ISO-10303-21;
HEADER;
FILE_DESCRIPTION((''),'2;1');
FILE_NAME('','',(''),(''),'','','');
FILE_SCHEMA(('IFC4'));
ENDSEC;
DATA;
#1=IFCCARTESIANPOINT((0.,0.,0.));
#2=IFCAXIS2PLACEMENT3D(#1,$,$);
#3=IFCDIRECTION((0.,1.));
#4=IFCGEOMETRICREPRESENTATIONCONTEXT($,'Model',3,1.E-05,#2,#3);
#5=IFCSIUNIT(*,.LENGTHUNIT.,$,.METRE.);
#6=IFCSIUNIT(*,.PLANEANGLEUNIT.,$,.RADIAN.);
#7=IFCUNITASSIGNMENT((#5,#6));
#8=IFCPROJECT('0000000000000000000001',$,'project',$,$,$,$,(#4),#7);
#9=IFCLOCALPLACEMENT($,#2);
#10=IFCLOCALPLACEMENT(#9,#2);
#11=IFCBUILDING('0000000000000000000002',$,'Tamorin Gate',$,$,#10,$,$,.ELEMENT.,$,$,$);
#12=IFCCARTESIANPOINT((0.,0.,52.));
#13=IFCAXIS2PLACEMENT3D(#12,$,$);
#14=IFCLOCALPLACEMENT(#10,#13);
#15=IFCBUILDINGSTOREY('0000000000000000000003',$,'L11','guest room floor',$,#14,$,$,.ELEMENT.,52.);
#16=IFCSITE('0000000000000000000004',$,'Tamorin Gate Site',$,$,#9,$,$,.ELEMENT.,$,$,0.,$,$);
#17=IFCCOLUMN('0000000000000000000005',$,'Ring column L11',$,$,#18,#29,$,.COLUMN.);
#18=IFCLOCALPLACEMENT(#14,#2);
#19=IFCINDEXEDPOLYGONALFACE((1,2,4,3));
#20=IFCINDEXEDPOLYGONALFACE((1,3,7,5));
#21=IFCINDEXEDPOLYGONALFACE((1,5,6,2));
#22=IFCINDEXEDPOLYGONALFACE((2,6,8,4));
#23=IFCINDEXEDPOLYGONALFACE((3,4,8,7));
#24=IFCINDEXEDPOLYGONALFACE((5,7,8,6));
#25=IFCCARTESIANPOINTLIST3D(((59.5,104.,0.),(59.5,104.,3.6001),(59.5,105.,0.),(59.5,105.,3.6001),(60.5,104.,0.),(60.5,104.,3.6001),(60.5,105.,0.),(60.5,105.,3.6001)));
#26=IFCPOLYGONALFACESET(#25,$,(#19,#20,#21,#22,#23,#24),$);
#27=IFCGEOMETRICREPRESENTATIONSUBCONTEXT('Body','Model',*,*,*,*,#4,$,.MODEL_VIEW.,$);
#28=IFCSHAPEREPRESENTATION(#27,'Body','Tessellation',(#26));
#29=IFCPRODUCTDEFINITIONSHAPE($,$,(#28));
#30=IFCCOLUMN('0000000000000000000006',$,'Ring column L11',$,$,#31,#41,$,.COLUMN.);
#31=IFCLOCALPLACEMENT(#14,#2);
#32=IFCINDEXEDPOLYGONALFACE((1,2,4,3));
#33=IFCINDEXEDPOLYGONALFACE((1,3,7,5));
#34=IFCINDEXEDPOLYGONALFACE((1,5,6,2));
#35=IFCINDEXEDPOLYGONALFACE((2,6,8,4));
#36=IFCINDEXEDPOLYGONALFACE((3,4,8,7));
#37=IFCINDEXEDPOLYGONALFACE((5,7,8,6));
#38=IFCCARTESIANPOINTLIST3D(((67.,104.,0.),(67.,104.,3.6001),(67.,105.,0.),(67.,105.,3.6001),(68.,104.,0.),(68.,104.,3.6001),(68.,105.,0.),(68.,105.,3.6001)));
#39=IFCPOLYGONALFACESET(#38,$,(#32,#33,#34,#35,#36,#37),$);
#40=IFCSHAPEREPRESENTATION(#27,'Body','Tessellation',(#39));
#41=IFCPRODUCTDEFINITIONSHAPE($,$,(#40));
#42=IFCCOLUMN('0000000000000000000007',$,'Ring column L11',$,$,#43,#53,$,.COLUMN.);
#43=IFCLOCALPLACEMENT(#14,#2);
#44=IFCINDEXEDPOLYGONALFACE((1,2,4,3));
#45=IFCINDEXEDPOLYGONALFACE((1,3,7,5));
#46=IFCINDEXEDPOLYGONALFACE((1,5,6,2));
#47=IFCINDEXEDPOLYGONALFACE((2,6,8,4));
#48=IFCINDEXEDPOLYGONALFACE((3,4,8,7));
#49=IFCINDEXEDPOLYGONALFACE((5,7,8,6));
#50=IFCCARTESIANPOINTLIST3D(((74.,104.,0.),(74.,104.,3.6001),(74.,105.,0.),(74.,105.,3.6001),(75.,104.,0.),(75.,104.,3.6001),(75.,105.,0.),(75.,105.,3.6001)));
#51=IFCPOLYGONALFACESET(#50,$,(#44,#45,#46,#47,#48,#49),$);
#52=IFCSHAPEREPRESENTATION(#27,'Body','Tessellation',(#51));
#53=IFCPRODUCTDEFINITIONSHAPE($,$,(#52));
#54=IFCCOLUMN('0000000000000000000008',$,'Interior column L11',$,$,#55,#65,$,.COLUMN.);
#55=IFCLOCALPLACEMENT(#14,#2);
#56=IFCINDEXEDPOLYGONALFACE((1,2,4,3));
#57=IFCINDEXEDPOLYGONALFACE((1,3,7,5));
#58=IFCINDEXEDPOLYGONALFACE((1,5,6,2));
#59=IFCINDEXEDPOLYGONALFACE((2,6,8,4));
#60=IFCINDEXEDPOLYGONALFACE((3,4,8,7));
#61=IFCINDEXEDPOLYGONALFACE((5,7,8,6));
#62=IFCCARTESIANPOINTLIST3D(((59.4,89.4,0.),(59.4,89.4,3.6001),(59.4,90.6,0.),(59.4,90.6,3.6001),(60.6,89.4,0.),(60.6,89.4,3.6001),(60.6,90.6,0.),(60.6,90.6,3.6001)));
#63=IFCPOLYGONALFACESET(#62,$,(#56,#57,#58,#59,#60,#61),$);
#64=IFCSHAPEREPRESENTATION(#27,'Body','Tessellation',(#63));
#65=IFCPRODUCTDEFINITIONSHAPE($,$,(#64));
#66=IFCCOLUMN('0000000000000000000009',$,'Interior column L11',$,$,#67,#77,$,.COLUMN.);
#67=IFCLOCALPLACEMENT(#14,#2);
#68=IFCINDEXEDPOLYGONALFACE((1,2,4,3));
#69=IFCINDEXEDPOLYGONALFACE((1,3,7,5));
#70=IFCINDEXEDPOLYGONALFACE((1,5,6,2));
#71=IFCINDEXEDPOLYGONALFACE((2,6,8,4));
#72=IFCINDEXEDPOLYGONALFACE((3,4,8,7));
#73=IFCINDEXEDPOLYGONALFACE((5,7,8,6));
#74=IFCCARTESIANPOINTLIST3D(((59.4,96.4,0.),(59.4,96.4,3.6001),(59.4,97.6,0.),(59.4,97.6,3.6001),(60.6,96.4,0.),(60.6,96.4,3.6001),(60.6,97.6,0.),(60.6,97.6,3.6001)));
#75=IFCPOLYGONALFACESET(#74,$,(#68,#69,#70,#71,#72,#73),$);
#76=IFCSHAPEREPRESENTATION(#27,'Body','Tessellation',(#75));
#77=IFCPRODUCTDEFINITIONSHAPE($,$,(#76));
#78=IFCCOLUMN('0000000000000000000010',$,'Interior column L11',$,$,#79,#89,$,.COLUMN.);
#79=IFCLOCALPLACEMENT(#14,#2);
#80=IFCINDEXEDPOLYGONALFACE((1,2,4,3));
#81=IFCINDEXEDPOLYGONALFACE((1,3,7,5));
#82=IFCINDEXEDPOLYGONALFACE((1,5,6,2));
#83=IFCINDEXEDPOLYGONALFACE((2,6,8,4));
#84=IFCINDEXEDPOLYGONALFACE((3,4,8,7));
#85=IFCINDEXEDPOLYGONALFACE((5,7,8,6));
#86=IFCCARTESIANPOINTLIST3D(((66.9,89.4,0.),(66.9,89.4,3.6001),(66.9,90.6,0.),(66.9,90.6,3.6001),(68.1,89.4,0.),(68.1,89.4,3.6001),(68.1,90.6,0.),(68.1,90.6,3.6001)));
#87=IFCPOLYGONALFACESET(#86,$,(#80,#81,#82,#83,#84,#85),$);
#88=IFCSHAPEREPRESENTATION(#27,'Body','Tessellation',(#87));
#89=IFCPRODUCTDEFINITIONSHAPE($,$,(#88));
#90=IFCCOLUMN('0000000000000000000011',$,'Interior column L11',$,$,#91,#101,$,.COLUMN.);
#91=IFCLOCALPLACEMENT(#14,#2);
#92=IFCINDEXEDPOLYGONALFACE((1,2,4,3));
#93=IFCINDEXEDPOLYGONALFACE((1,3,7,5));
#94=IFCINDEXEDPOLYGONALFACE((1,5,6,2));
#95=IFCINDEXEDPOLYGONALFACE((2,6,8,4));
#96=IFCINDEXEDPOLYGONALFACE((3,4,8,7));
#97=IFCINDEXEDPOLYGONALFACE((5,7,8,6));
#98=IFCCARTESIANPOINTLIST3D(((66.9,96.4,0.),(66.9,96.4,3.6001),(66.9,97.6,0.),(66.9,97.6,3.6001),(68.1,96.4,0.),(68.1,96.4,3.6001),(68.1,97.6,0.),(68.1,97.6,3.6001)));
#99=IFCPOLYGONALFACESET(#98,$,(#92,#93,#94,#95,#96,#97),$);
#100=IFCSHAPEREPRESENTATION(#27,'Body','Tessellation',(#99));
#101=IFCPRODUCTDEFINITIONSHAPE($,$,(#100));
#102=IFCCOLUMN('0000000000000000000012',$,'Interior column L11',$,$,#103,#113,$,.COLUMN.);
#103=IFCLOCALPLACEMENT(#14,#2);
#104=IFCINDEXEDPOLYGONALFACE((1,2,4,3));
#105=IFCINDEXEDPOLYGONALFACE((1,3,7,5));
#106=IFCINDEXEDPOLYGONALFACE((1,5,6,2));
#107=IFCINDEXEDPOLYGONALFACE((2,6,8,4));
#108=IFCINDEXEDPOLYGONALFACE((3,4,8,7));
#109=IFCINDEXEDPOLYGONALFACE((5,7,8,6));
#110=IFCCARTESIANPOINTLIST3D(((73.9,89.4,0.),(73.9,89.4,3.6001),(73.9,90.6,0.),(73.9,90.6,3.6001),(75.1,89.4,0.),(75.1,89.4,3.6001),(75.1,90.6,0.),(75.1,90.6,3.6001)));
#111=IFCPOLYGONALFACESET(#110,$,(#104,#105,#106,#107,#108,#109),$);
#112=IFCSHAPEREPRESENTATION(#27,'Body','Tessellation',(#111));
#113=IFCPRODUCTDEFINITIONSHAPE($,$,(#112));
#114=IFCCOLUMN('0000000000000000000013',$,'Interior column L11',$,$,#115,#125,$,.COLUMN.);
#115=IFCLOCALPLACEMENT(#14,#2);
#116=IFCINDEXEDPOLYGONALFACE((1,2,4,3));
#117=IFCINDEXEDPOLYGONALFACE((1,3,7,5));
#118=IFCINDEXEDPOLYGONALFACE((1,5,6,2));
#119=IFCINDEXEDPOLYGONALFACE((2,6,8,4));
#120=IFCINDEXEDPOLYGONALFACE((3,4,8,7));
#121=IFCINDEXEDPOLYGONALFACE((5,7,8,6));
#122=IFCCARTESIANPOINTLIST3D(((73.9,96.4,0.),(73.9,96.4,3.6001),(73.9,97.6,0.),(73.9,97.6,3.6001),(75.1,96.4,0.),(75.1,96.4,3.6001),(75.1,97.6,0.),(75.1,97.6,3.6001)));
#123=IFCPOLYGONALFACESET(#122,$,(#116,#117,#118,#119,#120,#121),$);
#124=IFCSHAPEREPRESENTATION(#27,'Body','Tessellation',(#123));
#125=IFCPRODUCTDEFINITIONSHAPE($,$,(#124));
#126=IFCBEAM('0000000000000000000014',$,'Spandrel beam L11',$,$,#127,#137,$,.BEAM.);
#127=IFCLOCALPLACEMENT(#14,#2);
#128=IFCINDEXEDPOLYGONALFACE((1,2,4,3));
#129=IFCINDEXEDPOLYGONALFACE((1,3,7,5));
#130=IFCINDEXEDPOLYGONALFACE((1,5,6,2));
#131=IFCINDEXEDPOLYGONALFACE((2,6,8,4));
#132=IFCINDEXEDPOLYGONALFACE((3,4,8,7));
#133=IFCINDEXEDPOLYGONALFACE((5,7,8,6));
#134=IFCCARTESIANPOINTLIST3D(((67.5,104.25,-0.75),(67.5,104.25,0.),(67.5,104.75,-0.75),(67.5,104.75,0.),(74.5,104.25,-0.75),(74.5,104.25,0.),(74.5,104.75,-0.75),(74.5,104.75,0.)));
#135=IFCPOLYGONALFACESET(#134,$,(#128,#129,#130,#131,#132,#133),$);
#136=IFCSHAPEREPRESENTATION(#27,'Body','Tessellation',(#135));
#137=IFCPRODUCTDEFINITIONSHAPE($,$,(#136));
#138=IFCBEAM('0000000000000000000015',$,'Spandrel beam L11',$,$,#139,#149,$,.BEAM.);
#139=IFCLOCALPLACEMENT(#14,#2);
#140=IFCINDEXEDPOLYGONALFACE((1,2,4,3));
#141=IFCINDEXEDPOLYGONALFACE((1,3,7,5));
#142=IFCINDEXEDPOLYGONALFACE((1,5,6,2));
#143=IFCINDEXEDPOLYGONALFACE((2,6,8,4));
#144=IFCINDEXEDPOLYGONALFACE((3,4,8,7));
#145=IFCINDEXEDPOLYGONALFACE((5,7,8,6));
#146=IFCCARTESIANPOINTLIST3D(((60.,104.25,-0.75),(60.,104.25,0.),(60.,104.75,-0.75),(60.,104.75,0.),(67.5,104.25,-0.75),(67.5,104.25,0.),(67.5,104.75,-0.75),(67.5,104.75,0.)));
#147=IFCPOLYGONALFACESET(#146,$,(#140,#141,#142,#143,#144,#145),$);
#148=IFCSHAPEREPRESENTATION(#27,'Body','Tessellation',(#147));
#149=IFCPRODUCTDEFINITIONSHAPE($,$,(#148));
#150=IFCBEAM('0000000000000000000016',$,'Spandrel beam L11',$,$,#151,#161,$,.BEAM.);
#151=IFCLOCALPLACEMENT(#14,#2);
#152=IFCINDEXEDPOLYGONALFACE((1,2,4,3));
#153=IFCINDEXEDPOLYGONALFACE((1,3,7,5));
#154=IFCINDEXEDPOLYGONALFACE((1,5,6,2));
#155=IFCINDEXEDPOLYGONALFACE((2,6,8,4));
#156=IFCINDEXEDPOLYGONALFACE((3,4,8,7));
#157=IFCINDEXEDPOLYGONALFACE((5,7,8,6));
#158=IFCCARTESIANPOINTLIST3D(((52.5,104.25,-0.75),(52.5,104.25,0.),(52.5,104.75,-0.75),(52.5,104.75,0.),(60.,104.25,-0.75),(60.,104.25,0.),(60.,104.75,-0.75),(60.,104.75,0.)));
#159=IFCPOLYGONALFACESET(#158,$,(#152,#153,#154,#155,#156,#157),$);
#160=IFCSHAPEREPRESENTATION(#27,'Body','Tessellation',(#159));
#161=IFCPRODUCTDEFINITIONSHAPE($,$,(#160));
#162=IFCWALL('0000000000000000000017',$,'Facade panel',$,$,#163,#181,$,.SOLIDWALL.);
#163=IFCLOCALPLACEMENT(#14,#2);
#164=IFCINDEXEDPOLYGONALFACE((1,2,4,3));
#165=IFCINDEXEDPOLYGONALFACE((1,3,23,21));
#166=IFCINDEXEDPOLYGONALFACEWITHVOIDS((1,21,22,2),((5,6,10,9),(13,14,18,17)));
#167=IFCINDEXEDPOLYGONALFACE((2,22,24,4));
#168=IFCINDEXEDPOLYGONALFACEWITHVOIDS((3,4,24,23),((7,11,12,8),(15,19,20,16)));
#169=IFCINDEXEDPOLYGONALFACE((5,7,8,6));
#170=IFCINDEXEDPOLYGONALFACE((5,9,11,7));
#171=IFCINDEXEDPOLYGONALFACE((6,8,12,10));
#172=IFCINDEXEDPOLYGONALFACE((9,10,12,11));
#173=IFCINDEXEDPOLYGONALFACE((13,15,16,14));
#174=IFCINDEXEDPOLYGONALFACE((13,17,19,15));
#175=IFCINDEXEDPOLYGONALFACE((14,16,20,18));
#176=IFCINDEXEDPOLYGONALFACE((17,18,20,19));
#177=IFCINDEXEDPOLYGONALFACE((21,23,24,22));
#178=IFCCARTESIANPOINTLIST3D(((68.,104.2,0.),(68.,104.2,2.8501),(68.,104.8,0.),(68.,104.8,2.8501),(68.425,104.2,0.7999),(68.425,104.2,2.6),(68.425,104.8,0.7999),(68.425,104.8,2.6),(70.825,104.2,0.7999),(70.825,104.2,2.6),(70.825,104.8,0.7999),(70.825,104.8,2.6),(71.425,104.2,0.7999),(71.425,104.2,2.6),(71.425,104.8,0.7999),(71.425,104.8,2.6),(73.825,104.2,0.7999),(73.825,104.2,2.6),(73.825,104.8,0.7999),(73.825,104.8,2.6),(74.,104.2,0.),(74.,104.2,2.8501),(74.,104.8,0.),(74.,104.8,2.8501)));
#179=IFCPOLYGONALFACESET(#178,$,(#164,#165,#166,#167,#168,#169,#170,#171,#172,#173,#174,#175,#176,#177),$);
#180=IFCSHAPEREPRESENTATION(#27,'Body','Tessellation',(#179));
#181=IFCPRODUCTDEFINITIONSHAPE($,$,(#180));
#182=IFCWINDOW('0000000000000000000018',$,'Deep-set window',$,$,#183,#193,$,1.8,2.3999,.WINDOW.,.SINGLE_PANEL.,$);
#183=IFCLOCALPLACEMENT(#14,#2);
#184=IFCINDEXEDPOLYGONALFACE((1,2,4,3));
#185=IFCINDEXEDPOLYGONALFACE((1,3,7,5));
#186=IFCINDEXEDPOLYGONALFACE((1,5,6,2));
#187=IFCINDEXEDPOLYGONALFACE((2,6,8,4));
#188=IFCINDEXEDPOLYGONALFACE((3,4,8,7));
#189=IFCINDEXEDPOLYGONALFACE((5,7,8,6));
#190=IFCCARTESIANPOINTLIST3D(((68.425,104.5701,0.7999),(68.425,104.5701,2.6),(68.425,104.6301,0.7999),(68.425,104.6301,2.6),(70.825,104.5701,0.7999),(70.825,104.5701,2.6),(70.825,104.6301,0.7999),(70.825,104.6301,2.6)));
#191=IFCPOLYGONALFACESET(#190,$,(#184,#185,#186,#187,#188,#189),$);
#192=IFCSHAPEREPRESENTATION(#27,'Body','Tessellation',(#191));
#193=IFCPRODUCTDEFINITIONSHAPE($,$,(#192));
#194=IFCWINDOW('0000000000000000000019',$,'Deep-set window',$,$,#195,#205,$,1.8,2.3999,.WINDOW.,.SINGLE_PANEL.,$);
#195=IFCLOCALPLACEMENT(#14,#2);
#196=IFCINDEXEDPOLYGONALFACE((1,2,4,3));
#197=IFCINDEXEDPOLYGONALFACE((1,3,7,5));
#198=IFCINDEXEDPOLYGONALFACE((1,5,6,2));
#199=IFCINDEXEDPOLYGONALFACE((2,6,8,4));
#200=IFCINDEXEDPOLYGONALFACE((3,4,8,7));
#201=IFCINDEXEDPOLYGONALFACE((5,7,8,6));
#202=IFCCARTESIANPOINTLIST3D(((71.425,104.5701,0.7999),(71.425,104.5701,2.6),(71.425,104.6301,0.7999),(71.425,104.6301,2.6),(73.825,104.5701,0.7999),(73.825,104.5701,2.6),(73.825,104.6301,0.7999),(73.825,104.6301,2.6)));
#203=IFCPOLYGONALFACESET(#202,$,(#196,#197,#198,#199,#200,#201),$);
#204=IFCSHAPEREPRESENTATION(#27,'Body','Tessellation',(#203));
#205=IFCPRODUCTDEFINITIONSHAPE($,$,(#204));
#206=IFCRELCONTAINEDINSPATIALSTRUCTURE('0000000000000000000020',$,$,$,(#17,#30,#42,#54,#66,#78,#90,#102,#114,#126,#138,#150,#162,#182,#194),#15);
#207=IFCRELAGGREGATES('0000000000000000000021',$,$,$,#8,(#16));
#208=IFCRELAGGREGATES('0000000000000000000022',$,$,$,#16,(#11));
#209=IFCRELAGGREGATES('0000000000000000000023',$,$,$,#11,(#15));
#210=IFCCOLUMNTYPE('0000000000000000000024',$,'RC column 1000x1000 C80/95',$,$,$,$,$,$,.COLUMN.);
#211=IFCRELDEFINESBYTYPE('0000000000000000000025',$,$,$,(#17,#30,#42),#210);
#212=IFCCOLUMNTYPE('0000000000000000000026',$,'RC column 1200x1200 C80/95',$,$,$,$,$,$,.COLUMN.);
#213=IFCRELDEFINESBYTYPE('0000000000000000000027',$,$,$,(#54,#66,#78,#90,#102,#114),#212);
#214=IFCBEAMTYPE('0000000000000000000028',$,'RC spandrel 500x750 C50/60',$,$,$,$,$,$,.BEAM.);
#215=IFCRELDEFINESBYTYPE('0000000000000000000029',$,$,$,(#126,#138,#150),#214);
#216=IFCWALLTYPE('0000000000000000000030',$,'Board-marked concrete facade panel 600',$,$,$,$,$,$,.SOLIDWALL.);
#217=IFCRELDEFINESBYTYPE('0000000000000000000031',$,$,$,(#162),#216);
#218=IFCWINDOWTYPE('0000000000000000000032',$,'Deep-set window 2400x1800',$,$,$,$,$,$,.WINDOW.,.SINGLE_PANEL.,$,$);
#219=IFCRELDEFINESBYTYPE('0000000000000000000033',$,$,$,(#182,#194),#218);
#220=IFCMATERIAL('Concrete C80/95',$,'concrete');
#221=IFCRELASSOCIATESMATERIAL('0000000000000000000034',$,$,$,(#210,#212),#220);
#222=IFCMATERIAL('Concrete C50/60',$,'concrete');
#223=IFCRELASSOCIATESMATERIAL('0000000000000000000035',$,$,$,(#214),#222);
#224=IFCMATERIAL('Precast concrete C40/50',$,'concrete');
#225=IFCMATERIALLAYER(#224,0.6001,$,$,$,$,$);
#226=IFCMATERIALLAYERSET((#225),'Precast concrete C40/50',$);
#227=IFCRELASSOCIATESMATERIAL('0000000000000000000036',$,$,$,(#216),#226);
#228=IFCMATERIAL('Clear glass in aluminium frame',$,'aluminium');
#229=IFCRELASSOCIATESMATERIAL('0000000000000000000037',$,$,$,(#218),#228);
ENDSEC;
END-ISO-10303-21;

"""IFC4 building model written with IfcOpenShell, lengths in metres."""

from ifc_helpers import new_model, si_unit, direction, frame, frame_2d, origin, origin_2d, place, context, subcontext, project, spatial, rectangle, extrude, material, layer, layer_set, material_profile, profile_set, type_object, element, fill, save


model = new_model("IFC4")

# Units and contexts
model_context = context("Model", 3, precision=1e-05, world=origin(), true_north=direction((0.0, 1.0)))
body_context = subcontext(model_context, "Body", "Model", "MODEL_VIEW")
ifc_project = project(units=[si_unit("LENGTHUNIT", "METRE"), si_unit("PLANEANGLEUNIT", "RADIAN")], contexts=[model_context])

# Site, building, storey
site_placement = place(None, origin())
site = spatial("IfcSite", under=ifc_project, at=site_placement, Name="Tamorin Gate Site", CompositionType="ELEMENT", RefElevation=0.0)
building_placement = place(site_placement, origin())
building = spatial("IfcBuilding", under=site, at=building_placement, Name="Tamorin Gate", CompositionType="ELEMENT")
storey_placement = place(building_placement, frame((0.0, 0.0, 52.0)))
storey = spatial("IfcBuildingStorey", under=building, at=storey_placement, Name="L11", Description="guest room floor", CompositionType="ELEMENT", Elevation=52.0)

# Columns
ifc_material_1 = material(Name="Concrete C80/95", Category="concrete")
ifc_material_profile_1 = material_profile(ifc_material_1, rectangle(XDim=1.0, YDim=1.0, at=origin_2d()), Name="RC 1000x1000")
ifc_profile_set_1 = profile_set([ifc_material_profile_1], Name="Concrete C80/95")
column_type_1 = type_object("IfcColumnType", Name="RC column 1000x1000 C80/95", PredefinedType="COLUMN", material=ifc_profile_set_1)
for number, where, z_axis, x_axis, name in (
    (1, (60.0, 104.5, 0.0), (0.0, 0.0, 1.0), (1.0, 0.0, 0.0), "Ring column L11"),
    (2, (67.5, 104.5, 0.0), (0.0, 0.0, 1.0), (1.0, 0.0, 0.0), "Ring column L11"),
    (3, (74.5, 104.5, 0.0), (0.0, 0.0, 1.0), (1.0, 0.0, 0.0), "Ring column L11"),
):
    element("IfcColumn", number, at=place(storey_placement, frame(where, z_axis=z_axis, x_axis=x_axis)), inside=storey, type_object=column_type_1, Name=name, PredefinedType="COLUMN", context=body_context, shape_type="SweptSolid", body=[
        extrude(rectangle(XDim=1.0, YDim=1.0, at=origin_2d()), origin(), (0.0, 0.0, 1.0), 3.6001),
    ])
ifc_material_profile_2 = material_profile(ifc_material_1, rectangle(XDim=1.2, YDim=1.2, at=origin_2d()), Name="RC 1200x1200")
ifc_profile_set_2 = profile_set([ifc_material_profile_2], Name="Concrete C80/95")
column_type_2 = type_object("IfcColumnType", Name="RC column 1200x1200 C80/95", PredefinedType="COLUMN", material=ifc_profile_set_2)
for number, where, z_axis, x_axis, name in (
    (4, (60.0, 90.0, 0.0), (0.0, 0.0, 1.0), (1.0, 0.0, 0.0), "Interior column L11"),
    (5, (60.0, 97.0, 0.0), (0.0, 0.0, 1.0), (1.0, 0.0, 0.0), "Interior column L11"),
    (6, (67.5, 90.0, 0.0), (0.0, 0.0, 1.0), (1.0, 0.0, 0.0), "Interior column L11"),
    (7, (67.5, 97.0, 0.0), (0.0, 0.0, 1.0), (1.0, 0.0, 0.0), "Interior column L11"),
    (8, (74.5, 90.0, 0.0), (0.0, 0.0, 1.0), (1.0, 0.0, 0.0), "Interior column L11"),
    (9, (74.5, 97.0, 0.0), (0.0, 0.0, 1.0), (1.0, 0.0, 0.0), "Interior column L11"),
):
    element("IfcColumn", number, at=place(storey_placement, frame(where, z_axis=z_axis, x_axis=x_axis)), inside=storey, type_object=column_type_2, Name=name, PredefinedType="COLUMN", context=body_context, shape_type="SweptSolid", body=[
        extrude(rectangle(XDim=1.2, YDim=1.2, at=origin_2d()), origin(), (0.0, 0.0, 1.0), 3.6001),
    ])

# Beams
ifc_material_2 = material(Name="Concrete C50/60", Category="concrete")
ifc_material_profile_3 = material_profile(ifc_material_2, rectangle(XDim=0.5, YDim=0.75, at=origin_2d()), Name="RC 500x750")
ifc_profile_set_3 = profile_set([ifc_material_profile_3], Name="Concrete C50/60")
beam_type = type_object("IfcBeamType", Name="RC spandrel 500x750 C50/60", PredefinedType="BEAM", material=ifc_profile_set_3)
beam_placement = place(storey_placement, frame((74.5, 104.5, -0.375), z_axis=(-1.0, 0.0, 0.0), x_axis=(0.0, -1.0, 0.0)))
element("IfcBeam", 10, at=beam_placement, inside=storey, type_object=beam_type, Name="Spandrel beam L11", PredefinedType="BEAM", context=body_context, shape_type="SweptSolid", body=[
    extrude(rectangle(XDim=0.5, YDim=0.75, at=origin_2d()), origin(), (0.0, 0.0, 1.0), 7.0),
])
for number, where, z_axis, x_axis, name in (
    (11, (67.5, 104.5, -0.375), (-1.0, 0.0, 0.0), (0.0, -1.0, 0.0), "Spandrel beam L11"),
    (12, (60.0, 104.5, -0.375), (-1.0, 0.0, 0.0), (0.0, -1.0, 0.0), "Spandrel beam L11"),
):
    element("IfcBeam", number, at=place(storey_placement, frame(where, z_axis=z_axis, x_axis=x_axis)), inside=storey, type_object=beam_type, Name=name, PredefinedType="BEAM", context=body_context, shape_type="SweptSolid", body=[
        extrude(rectangle(XDim=0.5, YDim=0.75, at=origin_2d()), origin(), (0.0, 0.0, 1.0), 7.5),
    ])

# Wall, openings, windows
ifc_material_3 = material(Name="Precast concrete C40/50", Category="concrete")
ifc_layer_1 = layer(ifc_material_3, 0.6001)
ifc_layer_set_1 = layer_set([ifc_layer_1], Name="Precast concrete C40/50")
wall_type_1 = type_object("IfcWallType", Name="Board-marked concrete facade panel 600", PredefinedType="SOLIDWALL", material=ifc_layer_set_1)
wall_1_placement = place(storey_placement, frame((74.0, 104.5, 0.0), z_axis=(0.0, 0.0, 1.0), x_axis=(-1.0, 0.0, 0.0)))
wall_1 = element("IfcWall", 13, at=wall_1_placement, inside=storey, type_object=wall_type_1, Name="Facade panel", PredefinedType="SOLIDWALL", context=body_context, shape_type="SweptSolid", body=[
    extrude(rectangle(XDim=6.0, YDim=0.6001, at=frame_2d((3.0, 0.0))), origin(), (0.0, 0.0, 1.0), 2.8501),
])
opening_1_placement = place(wall_1_placement, frame((3.175, 0.0, 0.8)))
opening_1 = element("IfcOpeningElement", 14, at=opening_1_placement, cuts=wall_1, PredefinedType="OPENING", context=body_context, shape_type="SweptSolid", body=[
    extrude(rectangle(XDim=2.3999, YDim=1.8, at=frame_2d((1.2, 0.8999))), frame((0.0, 0.3101, 0.0), z_axis=(0.0, -1.0, 0.0), x_axis=(1.0, 0.0, 0.0)), (0.0, 0.0, 1.0), 0.6201),
])
opening_2_placement = place(wall_1_placement, frame((0.175, 0.0, 0.8)))
opening_2 = element("IfcOpeningElement", 15, at=opening_2_placement, cuts=wall_1, PredefinedType="OPENING", context=body_context, shape_type="SweptSolid", body=[
    extrude(rectangle(XDim=2.3999, YDim=1.8, at=frame_2d((1.2, 0.8999))), frame((0.0, 0.3101, 0.0), z_axis=(0.0, -1.0, 0.0), x_axis=(1.0, 0.0, 0.0)), (0.0, 0.0, 1.0), 0.6201),
])
ifc_material_4 = material(Name="Clear glass in aluminium frame", Category="aluminium")
window_type = type_object("IfcWindowType", Name="Deep-set window 2400x1800", PartitioningType="SINGLE_PANEL", PredefinedType="WINDOW", material=ifc_material_4)
window_1_placement = place(opening_1_placement, origin())
window_1 = element("IfcWindow", 16, at=window_1_placement, inside=storey, type_object=window_type, Name="Deep-set window", OverallHeight=1.8, OverallWidth=2.3999, PartitioningType="SINGLE_PANEL", PredefinedType="WINDOW", context=body_context, shape_type="SweptSolid", body=[
    extrude(rectangle(XDim=2.3999, YDim=1.8, at=frame_2d((1.2, 0.8999))), frame((0.0, -0.0701, 0.0), z_axis=(0.0, -1.0, 0.0), x_axis=(1.0, 0.0, 0.0)), (0.0, 0.0, 1.0), 0.0601),
])
fill(opening_1, window_1)
window_2_placement = place(opening_2_placement, origin())
window_2 = element("IfcWindow", 17, at=window_2_placement, inside=storey, type_object=window_type, Name="Deep-set window", OverallHeight=1.8, OverallWidth=2.3999, PartitioningType="SINGLE_PANEL", PredefinedType="WINDOW", context=body_context, shape_type="SweptSolid", body=[
    extrude(rectangle(XDim=2.3999, YDim=1.8, at=frame_2d((1.2, 0.8999))), frame((0.0, -0.0701, 0.0), z_axis=(0.0, -1.0, 0.0), x_axis=(1.0, 0.0, 0.0)), (0.0, 0.0, 1.0), 0.0601),
])
fill(opening_2, window_2)

save(model, "model.ifc")
